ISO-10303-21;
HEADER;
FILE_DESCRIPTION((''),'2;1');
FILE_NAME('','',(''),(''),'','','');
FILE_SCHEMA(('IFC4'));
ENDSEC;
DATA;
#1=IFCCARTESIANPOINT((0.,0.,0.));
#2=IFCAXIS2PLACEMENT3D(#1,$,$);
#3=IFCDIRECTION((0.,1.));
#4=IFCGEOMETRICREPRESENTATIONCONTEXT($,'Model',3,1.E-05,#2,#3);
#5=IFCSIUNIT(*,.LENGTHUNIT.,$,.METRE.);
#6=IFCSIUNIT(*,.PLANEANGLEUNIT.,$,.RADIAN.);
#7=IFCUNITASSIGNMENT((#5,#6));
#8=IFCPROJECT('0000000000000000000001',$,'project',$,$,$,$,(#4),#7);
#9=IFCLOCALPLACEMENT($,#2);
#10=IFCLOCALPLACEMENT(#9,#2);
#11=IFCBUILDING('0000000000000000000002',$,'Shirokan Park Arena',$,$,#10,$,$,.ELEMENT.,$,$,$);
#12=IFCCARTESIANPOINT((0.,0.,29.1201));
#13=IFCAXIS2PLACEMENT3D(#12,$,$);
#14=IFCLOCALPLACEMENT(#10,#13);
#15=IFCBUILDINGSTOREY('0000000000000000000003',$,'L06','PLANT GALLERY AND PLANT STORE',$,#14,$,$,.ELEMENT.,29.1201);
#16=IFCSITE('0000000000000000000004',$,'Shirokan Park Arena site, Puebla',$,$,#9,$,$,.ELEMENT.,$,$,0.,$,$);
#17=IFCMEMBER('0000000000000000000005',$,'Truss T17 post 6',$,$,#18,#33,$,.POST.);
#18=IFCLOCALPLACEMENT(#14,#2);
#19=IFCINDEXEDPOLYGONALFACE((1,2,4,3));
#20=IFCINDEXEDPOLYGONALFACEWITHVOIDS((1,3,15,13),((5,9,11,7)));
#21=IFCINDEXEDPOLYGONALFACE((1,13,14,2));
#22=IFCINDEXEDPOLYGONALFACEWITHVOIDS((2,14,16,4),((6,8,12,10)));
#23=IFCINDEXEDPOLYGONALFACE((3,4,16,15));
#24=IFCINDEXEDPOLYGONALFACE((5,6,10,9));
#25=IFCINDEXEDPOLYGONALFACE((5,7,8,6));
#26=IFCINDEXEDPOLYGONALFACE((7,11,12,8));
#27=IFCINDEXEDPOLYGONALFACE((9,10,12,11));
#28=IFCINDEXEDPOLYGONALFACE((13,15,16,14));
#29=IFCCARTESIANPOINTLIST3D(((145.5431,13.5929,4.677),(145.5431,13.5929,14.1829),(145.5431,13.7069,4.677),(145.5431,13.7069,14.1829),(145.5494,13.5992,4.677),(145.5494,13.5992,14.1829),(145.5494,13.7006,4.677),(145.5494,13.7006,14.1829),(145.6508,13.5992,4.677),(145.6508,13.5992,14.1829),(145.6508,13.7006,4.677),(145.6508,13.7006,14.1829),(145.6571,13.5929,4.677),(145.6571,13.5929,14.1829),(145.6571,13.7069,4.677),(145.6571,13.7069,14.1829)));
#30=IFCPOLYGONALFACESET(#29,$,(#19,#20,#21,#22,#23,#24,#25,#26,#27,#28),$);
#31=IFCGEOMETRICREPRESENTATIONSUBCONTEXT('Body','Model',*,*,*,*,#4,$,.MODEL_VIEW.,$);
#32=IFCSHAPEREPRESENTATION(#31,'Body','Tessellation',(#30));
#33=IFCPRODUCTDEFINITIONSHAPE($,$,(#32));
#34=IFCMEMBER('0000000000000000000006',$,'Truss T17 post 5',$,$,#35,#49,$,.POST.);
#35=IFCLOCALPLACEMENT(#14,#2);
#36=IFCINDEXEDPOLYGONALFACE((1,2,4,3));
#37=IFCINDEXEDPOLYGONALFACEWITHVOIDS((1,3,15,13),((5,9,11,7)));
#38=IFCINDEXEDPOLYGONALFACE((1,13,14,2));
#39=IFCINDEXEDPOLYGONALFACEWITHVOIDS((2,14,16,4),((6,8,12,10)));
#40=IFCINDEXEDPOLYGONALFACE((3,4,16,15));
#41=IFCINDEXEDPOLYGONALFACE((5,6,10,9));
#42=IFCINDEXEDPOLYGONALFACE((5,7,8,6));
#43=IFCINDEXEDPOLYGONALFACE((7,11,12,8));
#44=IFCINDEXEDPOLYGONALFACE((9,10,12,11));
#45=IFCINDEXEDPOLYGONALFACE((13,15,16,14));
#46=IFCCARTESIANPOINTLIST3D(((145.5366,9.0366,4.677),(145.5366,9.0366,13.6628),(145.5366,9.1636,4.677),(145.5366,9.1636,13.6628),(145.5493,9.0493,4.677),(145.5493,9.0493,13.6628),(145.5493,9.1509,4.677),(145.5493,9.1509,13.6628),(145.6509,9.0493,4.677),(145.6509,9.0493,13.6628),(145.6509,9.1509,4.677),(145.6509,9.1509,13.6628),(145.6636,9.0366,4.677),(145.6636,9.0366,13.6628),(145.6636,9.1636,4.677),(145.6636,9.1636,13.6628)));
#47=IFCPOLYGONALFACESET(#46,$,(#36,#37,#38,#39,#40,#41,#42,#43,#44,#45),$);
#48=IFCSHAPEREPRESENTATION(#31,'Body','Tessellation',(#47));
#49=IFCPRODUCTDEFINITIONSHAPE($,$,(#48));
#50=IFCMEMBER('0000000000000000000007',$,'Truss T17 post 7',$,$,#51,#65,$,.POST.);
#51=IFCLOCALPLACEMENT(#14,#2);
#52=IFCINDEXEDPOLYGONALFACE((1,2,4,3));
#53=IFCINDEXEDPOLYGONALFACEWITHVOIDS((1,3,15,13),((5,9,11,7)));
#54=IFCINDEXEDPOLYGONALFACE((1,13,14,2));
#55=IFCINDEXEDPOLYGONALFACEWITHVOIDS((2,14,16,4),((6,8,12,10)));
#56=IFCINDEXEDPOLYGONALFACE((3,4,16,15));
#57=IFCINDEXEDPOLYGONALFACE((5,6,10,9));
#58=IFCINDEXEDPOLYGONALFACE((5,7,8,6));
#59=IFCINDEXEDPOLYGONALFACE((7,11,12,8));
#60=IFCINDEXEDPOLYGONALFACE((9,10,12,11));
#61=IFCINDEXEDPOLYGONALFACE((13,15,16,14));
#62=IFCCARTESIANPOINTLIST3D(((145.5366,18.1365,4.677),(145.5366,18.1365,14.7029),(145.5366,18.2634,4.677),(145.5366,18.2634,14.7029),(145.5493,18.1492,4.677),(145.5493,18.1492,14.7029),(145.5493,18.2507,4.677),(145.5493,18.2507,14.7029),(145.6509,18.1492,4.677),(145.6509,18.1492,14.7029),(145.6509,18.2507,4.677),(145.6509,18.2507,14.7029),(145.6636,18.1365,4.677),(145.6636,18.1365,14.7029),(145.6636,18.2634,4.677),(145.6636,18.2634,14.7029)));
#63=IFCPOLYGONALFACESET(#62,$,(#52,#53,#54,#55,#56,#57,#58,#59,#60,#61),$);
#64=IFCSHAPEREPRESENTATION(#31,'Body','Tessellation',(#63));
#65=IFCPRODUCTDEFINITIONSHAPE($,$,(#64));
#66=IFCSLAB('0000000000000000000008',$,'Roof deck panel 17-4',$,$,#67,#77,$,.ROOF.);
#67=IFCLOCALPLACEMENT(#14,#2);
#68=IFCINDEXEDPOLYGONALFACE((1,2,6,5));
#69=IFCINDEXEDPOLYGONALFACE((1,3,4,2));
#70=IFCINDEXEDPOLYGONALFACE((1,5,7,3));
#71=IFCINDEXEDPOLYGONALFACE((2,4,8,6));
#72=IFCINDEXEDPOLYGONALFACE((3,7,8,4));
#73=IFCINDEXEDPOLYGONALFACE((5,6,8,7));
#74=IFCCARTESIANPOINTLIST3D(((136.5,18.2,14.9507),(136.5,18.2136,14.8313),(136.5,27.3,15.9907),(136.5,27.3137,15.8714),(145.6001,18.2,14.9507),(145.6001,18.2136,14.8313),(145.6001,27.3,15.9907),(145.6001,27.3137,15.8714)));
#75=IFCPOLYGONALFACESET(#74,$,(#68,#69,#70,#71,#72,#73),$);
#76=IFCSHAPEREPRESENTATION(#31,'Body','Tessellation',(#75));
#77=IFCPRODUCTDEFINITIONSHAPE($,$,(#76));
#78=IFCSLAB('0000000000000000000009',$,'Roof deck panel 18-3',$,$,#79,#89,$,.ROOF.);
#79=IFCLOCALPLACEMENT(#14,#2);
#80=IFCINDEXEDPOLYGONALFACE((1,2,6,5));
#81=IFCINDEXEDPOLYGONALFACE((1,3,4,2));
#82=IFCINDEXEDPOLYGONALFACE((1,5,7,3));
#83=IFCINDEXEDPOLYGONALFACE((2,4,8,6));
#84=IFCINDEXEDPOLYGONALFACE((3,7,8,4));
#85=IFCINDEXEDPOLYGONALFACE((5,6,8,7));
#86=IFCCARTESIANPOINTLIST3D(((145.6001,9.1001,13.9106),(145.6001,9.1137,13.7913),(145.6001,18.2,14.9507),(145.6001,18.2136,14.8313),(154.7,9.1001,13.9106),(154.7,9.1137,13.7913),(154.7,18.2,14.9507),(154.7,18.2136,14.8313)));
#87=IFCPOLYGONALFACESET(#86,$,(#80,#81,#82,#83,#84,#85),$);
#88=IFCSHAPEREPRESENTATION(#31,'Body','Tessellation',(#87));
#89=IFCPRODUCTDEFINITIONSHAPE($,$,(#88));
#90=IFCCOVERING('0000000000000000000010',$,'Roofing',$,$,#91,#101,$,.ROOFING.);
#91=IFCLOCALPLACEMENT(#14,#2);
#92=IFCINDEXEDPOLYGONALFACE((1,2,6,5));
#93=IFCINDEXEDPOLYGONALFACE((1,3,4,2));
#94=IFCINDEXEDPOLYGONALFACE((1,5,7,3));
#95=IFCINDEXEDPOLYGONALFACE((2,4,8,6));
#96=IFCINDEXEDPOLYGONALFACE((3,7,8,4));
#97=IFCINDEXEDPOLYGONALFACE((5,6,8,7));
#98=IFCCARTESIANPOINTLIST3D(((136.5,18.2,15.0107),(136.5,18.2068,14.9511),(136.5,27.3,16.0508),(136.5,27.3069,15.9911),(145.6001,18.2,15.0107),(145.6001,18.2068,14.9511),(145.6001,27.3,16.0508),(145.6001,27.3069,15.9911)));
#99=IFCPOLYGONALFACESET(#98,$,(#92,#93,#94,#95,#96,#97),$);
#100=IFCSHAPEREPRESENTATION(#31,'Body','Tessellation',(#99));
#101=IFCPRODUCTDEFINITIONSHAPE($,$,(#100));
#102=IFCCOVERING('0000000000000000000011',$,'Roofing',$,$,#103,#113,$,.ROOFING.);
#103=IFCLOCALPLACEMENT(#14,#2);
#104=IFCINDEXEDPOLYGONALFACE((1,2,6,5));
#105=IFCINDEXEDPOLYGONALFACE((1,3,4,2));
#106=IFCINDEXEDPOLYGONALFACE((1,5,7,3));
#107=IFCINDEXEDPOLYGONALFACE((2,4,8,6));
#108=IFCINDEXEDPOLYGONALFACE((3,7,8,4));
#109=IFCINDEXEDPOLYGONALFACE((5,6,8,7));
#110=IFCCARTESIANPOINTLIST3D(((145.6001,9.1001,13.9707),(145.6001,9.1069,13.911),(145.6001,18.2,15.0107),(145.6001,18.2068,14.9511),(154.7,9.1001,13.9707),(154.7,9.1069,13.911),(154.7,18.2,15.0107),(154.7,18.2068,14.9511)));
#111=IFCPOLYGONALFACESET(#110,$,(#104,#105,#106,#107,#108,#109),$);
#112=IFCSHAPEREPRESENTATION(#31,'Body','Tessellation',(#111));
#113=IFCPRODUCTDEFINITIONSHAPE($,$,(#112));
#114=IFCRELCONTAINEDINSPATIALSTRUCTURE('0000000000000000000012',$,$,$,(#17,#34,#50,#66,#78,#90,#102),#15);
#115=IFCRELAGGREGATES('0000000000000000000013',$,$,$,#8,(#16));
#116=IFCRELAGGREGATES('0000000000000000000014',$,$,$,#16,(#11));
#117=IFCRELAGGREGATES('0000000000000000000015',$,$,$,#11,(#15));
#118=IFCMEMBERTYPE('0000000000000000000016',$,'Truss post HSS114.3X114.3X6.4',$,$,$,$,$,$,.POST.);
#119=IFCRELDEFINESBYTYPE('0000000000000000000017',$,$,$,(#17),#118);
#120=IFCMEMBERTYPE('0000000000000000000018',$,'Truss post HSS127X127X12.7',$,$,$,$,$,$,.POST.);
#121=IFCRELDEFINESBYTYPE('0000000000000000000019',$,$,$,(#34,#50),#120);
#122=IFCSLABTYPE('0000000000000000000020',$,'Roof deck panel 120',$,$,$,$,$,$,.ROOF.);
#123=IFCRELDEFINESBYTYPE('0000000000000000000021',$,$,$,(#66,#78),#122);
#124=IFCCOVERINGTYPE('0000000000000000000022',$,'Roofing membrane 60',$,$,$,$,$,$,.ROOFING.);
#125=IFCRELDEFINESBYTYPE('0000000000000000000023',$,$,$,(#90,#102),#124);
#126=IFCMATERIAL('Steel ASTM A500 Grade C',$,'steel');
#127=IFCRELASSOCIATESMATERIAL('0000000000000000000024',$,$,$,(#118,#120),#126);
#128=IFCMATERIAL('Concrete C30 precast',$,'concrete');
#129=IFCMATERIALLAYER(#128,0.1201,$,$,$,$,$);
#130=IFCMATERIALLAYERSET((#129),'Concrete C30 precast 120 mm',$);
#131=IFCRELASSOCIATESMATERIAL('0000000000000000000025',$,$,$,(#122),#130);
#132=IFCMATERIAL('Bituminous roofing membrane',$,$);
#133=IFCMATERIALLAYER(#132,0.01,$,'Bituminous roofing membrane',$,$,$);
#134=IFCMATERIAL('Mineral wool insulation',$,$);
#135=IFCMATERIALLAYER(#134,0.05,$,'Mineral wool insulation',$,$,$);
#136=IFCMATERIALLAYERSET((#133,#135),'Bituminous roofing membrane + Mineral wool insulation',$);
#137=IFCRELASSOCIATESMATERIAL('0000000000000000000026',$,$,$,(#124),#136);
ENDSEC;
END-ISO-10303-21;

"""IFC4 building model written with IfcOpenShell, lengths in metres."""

from ifc_helpers import new_model, si_unit, direction, frame, origin, origin_2d, place, context, subcontext, project, spatial, polyline, hollow_rectangle, outline, extrude, material, layer, layer_set, material_profile, profile_set, type_object, element, save


model = new_model("IFC4")

# Units and contexts
model_context = context("Model", 3, precision=1e-05, world=origin(), true_north=direction((0.0, 1.0)))
body_context = subcontext(model_context, "Body", "Model", "MODEL_VIEW")
ifc_project = project(units=[si_unit("LENGTHUNIT", "METRE"), si_unit("PLANEANGLEUNIT", "RADIAN")], contexts=[model_context])

# Site, building, storey
site_placement = place(None, origin())
site = spatial("IfcSite", under=ifc_project, at=site_placement, Name="Shirokan Park Arena site, Puebla", CompositionType="ELEMENT", RefElevation=0.0)
building_placement = place(site_placement, origin())
building = spatial("IfcBuilding", under=site, at=building_placement, Name="Shirokan Park Arena", CompositionType="ELEMENT")
storey_placement = place(building_placement, frame((0.0, 0.0, 29.1201)))
storey = spatial("IfcBuildingStorey", under=building, at=storey_placement, Name="L06", Description="PLANT GALLERY AND PLANT STORE", CompositionType="ELEMENT", Elevation=29.1201)

# Members
ifc_material_1 = material(Name="Steel ASTM A500 Grade C", Category="steel")
ifc_material_profile_1 = material_profile(ifc_material_1, hollow_rectangle(XDim=0.114, YDim=0.114, WallThickness=0.0063, at=origin_2d()), Name="HSS114.3X114.3X6.4")
ifc_profile_set_1 = profile_set([ifc_material_profile_1], Name="Steel ASTM A500 Grade C")
member_type_1 = type_object("IfcMemberType", Name="Truss post HSS114.3X114.3X6.4", PredefinedType="POST", material=ifc_profile_set_1)
member_1_placement = place(storey_placement, frame((145.6001, 13.6499, 4.677), z_axis=(0.0, 0.0, 1.0), x_axis=(1.0, 0.0, 0.0)))
element("IfcMember", 1, at=member_1_placement, inside=storey, type_object=member_type_1, Name="Truss T17 post 6", PredefinedType="POST", context=body_context, shape_type="SweptSolid", body=[
    extrude(hollow_rectangle(XDim=0.114, YDim=0.114, WallThickness=0.0063, at=origin_2d()), origin(), (0.0, 0.0, 1.0), 9.5059),
])
ifc_material_profile_2 = material_profile(ifc_material_1, hollow_rectangle(XDim=0.127, YDim=0.127, WallThickness=0.0127, at=origin_2d()), Name="HSS127X127X12.7")
ifc_profile_set_2 = profile_set([ifc_material_profile_2], Name="Steel ASTM A500 Grade C")
member_type_2 = type_object("IfcMemberType", Name="Truss post HSS127X127X12.7", PredefinedType="POST", material=ifc_profile_set_2)
member_2_placement = place(storey_placement, frame((145.6001, 9.1001, 4.677), z_axis=(0.0, 0.0, 1.0), x_axis=(1.0, 0.0, 0.0)))
element("IfcMember", 2, at=member_2_placement, inside=storey, type_object=member_type_2, Name="Truss T17 post 5", PredefinedType="POST", context=body_context, shape_type="SweptSolid", body=[
    extrude(hollow_rectangle(XDim=0.127, YDim=0.127, WallThickness=0.0127, at=origin_2d()), origin(), (0.0, 0.0, 1.0), 8.9858),
])
member_3_placement = place(storey_placement, frame((145.6001, 18.2, 4.677), z_axis=(0.0, 0.0, 1.0), x_axis=(1.0, 0.0, 0.0)))
element("IfcMember", 3, at=member_3_placement, inside=storey, type_object=member_type_2, Name="Truss T17 post 7", PredefinedType="POST", context=body_context, shape_type="SweptSolid", body=[
    extrude(hollow_rectangle(XDim=0.127, YDim=0.127, WallThickness=0.0127, at=origin_2d()), origin(), (0.0, 0.0, 1.0), 10.0259),
])

# Slabs
ifc_material_2 = material(Name="Concrete C30 precast", Category="concrete")
ifc_layer_1 = layer(ifc_material_2, 0.1201)
ifc_layer_set_1 = layer_set([ifc_layer_1], Name="Concrete C30 precast 120 mm")
slab_type = type_object("IfcSlabType", Name="Roof deck panel 120", PredefinedType="ROOF", material=ifc_layer_set_1)
slab_1_placement = place(storey_placement, frame((136.5, 18.2, 14.9507), z_axis=(0.0, -0.11355, 0.993532), x_axis=(1.0, 0.0, 0.0)))
element("IfcSlab", 4, at=slab_1_placement, inside=storey, type_object=slab_type, Name="Roof deck panel 17-4", PredefinedType="ROOF", context=body_context, shape_type="SweptSolid", body=[
    extrude(outline(polyline([(0.0, 0.0), (9.1001, 0.0), (9.1001, 9.1593), (0.0, 9.1593), (0.0, 0.0)])), origin(), (0.0, 0.0, -1.0), 0.1201),
])
slab_2_placement = place(storey_placement, frame((145.6001, 9.1001, 13.9106), z_axis=(0.0, -0.113553, 0.993532), x_axis=(1.0, 0.0, 0.0)))
element("IfcSlab", 5, at=slab_2_placement, inside=storey, type_object=slab_type, Name="Roof deck panel 18-3", PredefinedType="ROOF", context=body_context, shape_type="SweptSolid", body=[
    extrude(outline(polyline([(0.0, 0.0), (9.0999, 0.0), (9.0999, 9.1591), (0.0, 9.1591), (0.0, 0.0)])), origin(), (0.0, 0.0, -1.0), 0.1201),
])

# Coverings
ifc_material_3 = material(Name="Bituminous roofing membrane")
ifc_layer_2 = layer(ifc_material_3, 0.01, Name="Bituminous roofing membrane")
ifc_material_4 = material(Name="Mineral wool insulation")
ifc_layer_3 = layer(ifc_material_4, 0.05, Name="Mineral wool insulation")
ifc_layer_set_2 = layer_set([ifc_layer_2, ifc_layer_3], Name="Bituminous roofing membrane + Mineral wool insulation")
covering_type = type_object("IfcCoveringType", Name="Roofing membrane 60", PredefinedType="ROOFING", material=ifc_layer_set_2)
covering_1_placement = place(storey_placement, frame((136.5, 18.2, 15.0107), z_axis=(0.0, -0.11355, 0.993532), x_axis=(1.0, 0.0, 0.0)))
element("IfcCovering", 6, at=covering_1_placement, inside=storey, type_object=covering_type, Name="Roofing", PredefinedType="ROOFING", context=body_context, shape_type="SweptSolid", body=[
    extrude(outline(polyline([(0.0, 0.0), (9.1001, 0.0), (9.1001, 9.1593), (0.0, 9.1593), (0.0, 0.0)])), origin(), (0.0, 0.0, -1.0), 0.0601),
])
covering_2_placement = place(storey_placement, frame((145.6001, 9.1001, 13.9707), z_axis=(0.0, -0.113553, 0.993532), x_axis=(1.0, 0.0, 0.0)))
element("IfcCovering", 7, at=covering_2_placement, inside=storey, type_object=covering_type, Name="Roofing", PredefinedType="ROOFING", context=body_context, shape_type="SweptSolid", body=[
    extrude(outline(polyline([(0.0, 0.0), (9.0999, 0.0), (9.0999, 9.1591), (0.0, 9.1591), (0.0, 0.0)])), origin(), (0.0, 0.0, -1.0), 0.0601),
])

save(model, "model.ifc")
